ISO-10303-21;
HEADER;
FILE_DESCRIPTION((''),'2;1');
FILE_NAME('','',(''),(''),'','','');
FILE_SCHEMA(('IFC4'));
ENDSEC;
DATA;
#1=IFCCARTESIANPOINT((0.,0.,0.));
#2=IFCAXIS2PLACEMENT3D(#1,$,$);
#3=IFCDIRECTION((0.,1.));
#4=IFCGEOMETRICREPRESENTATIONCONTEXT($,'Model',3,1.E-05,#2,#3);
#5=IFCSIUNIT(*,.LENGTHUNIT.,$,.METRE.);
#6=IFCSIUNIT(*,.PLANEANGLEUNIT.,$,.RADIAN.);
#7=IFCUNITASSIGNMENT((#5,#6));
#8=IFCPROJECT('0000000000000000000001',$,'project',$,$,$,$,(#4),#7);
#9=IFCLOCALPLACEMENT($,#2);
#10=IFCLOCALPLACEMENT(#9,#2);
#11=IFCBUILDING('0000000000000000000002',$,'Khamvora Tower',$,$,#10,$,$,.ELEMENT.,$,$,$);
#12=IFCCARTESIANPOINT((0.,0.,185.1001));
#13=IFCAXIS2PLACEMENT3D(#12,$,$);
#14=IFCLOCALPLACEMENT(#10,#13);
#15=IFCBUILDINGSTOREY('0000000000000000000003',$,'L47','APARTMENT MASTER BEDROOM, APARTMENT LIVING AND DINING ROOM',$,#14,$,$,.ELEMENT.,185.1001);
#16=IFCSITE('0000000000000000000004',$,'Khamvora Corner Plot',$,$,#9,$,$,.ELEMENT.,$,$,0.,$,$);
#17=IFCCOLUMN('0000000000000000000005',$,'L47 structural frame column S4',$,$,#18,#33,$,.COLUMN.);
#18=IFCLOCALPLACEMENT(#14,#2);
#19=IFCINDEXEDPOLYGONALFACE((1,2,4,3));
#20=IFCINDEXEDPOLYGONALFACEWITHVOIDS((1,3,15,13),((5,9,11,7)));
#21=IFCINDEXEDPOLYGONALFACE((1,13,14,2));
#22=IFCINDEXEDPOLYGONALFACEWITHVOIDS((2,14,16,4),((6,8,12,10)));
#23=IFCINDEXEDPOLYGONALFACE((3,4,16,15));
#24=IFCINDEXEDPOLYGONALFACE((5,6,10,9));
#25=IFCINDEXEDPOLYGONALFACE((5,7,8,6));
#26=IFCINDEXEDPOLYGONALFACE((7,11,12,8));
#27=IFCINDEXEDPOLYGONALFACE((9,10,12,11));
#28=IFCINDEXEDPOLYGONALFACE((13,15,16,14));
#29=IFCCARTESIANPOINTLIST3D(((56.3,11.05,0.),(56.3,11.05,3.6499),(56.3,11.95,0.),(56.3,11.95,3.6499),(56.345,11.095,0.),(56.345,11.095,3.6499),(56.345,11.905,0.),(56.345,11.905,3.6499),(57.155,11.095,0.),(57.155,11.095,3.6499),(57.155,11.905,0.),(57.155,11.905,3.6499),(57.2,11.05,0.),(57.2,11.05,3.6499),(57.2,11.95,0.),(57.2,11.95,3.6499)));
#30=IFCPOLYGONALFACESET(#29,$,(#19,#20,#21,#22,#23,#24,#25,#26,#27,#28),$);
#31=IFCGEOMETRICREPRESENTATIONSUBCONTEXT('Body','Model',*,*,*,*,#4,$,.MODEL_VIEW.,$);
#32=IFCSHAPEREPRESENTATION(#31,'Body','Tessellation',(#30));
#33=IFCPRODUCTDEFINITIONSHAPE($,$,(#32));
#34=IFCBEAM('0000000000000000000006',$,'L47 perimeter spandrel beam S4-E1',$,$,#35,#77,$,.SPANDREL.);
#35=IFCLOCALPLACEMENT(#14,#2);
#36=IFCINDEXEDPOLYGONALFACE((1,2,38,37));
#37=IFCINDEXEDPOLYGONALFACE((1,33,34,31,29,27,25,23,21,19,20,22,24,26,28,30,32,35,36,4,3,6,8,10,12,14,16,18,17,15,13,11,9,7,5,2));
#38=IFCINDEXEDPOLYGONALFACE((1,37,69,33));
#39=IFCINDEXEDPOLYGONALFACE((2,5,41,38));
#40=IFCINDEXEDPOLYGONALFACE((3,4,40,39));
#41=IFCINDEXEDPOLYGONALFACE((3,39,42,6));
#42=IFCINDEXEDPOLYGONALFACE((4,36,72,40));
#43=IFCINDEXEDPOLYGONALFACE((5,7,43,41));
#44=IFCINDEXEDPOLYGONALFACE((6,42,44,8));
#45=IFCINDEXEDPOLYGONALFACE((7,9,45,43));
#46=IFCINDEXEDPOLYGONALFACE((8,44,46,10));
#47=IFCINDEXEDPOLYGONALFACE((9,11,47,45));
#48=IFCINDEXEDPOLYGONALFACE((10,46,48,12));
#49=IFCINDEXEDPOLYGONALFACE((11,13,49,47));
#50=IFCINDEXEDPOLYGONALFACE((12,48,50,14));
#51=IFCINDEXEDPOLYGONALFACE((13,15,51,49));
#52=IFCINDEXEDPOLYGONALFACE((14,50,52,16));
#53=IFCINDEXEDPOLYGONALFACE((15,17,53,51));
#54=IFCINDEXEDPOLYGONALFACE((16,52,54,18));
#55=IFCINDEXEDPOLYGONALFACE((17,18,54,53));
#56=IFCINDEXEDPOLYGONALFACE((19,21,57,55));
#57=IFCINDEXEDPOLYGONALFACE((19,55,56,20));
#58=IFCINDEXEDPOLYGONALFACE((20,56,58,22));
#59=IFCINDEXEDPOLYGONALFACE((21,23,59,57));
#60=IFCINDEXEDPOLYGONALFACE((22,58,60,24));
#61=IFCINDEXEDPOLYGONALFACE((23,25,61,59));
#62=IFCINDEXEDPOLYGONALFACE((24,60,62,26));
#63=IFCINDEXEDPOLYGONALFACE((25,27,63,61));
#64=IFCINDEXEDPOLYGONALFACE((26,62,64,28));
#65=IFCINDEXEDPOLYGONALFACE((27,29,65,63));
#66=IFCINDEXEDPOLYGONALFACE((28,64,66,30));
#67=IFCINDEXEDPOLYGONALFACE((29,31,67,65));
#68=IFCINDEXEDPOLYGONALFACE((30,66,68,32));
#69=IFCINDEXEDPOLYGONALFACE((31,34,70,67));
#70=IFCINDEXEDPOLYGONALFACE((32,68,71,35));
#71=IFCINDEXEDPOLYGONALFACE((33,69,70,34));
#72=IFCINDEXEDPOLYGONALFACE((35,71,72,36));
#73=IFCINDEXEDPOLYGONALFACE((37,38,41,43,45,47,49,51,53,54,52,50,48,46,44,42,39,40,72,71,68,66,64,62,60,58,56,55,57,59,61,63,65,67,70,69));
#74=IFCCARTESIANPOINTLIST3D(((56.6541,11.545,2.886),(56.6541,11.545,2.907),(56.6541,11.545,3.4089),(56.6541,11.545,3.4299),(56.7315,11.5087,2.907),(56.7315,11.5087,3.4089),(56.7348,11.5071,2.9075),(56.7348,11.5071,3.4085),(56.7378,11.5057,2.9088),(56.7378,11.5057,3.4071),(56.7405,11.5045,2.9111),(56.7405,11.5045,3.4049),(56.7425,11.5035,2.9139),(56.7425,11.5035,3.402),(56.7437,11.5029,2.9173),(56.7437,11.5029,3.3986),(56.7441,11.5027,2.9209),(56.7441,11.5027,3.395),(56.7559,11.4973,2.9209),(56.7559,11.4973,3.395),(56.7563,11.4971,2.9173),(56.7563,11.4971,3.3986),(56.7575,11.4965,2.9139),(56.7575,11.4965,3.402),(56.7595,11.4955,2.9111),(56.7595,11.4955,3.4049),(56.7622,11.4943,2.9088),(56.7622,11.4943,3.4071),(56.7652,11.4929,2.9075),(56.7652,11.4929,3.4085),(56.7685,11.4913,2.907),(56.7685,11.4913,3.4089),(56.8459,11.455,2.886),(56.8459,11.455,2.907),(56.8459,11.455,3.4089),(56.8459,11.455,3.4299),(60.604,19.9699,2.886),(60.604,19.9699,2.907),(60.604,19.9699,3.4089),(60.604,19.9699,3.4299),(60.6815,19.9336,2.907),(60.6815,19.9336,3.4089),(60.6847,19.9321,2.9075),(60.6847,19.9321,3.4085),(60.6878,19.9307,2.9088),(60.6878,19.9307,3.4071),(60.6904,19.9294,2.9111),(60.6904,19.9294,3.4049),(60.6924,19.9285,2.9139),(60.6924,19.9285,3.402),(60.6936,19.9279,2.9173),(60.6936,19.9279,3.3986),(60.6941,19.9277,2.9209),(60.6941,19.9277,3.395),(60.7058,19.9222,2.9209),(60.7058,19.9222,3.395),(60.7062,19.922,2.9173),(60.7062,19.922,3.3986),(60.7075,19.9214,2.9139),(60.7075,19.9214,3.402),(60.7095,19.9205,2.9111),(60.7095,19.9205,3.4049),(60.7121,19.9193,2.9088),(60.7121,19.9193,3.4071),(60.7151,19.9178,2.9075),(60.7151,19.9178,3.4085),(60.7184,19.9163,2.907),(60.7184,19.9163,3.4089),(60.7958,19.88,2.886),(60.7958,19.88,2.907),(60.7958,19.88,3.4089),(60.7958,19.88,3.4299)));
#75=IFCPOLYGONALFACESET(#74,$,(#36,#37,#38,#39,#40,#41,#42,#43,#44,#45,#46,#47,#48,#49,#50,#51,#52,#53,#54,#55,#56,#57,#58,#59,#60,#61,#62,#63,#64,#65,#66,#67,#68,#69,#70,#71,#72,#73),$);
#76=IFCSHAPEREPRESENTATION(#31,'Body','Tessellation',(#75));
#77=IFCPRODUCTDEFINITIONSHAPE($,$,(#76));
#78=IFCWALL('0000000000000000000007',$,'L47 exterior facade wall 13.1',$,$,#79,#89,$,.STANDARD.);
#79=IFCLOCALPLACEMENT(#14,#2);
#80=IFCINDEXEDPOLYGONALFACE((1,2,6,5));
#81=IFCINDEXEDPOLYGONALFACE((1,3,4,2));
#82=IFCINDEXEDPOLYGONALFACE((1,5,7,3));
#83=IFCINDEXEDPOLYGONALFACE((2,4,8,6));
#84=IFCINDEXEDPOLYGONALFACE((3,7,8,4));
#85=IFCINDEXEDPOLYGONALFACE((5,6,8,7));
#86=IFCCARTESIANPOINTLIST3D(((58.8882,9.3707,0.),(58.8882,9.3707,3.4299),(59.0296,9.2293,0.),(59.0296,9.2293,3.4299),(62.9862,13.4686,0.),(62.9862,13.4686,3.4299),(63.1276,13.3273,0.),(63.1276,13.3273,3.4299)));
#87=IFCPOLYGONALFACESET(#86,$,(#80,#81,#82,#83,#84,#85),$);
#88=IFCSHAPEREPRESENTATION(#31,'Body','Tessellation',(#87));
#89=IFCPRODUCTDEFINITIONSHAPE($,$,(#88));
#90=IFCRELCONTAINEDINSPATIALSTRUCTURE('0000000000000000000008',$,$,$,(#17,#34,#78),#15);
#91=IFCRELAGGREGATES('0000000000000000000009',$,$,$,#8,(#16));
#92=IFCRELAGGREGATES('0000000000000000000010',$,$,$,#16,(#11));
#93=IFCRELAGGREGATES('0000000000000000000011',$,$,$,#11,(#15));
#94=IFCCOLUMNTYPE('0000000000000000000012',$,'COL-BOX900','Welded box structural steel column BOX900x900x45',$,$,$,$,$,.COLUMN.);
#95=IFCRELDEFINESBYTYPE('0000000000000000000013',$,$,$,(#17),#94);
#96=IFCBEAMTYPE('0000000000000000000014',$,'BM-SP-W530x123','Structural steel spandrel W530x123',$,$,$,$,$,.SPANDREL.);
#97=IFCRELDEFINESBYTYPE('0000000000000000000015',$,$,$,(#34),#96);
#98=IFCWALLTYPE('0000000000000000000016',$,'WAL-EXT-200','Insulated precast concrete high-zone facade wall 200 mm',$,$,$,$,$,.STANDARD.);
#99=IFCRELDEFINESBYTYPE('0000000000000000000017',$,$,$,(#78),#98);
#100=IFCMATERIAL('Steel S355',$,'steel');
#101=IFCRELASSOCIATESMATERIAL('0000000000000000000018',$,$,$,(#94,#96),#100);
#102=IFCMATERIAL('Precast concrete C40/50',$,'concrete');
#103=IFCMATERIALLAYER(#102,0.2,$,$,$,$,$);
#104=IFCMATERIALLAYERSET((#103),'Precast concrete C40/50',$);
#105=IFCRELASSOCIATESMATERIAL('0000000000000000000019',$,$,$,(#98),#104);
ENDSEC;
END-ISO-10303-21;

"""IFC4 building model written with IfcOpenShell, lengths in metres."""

from ifc_helpers import new_model, si_unit, direction, frame, frame_2d, origin, origin_2d, place, context, subcontext, project, spatial, rectangle, hollow_rectangle, i_section, extrude, material, layer, layer_set, material_profile, profile_set, type_object, element, save


model = new_model("IFC4")

# Units and contexts
model_context = context("Model", 3, precision=1e-05, world=origin(), true_north=direction((0.0, 1.0)))
body_context = subcontext(model_context, "Body", "Model", "MODEL_VIEW")
ifc_project = project(units=[si_unit("LENGTHUNIT", "METRE"), si_unit("PLANEANGLEUNIT", "RADIAN")], contexts=[model_context])

# Site, building, storey
site_placement = place(None, origin())
site = spatial("IfcSite", under=ifc_project, at=site_placement, Name="Khamvora Corner Plot", CompositionType="ELEMENT", RefElevation=0.0)
building_placement = place(site_placement, origin())
building = spatial("IfcBuilding", under=site, at=building_placement, Name="Khamvora Tower", CompositionType="ELEMENT")
storey_placement = place(building_placement, frame((0.0, 0.0, 185.1001)))
storey = spatial("IfcBuildingStorey", under=building, at=storey_placement, Name="L47", Description="APARTMENT MASTER BEDROOM, APARTMENT LIVING AND DINING ROOM", CompositionType="ELEMENT", Elevation=185.1001)

# Column
ifc_material_1 = material(Name="Steel S355", Category="steel")
ifc_material_profile_1 = material_profile(ifc_material_1, hollow_rectangle(XDim=0.8999, YDim=0.8999, WallThickness=0.0449, at=origin_2d()), Name="BOX900x900x45")
ifc_profile_set_1 = profile_set([ifc_material_profile_1], Name="Steel S355")
column_type = type_object("IfcColumnType", Name="COL-BOX900", Description="Welded box structural steel column BOX900x900x45", PredefinedType="COLUMN", material=ifc_profile_set_1)
column_placement = place(storey_placement, frame((56.75, 11.5, 0.0), z_axis=(0.0, 0.0, 1.0), x_axis=(1.0, 0.0, 0.0)))
element("IfcColumn", 1, at=column_placement, inside=storey, type_object=column_type, Name="L47 structural frame column S4", PredefinedType="COLUMN", context=body_context, shape_type="SweptSolid", body=[
    extrude(hollow_rectangle(XDim=0.8999, YDim=0.8999, WallThickness=0.0449, at=origin_2d()), origin(), (0.0, 0.0, 1.0), 3.6499),
])

# Beam
ifc_material_profile_2 = material_profile(ifc_material_1, i_section(OverallWidth=0.2119, OverallDepth=0.5439, WebThickness=0.0129, FlangeThickness=0.021, FilletRadius=0.0139, at=origin_2d()), Name="W530x123")
ifc_profile_set_2 = profile_set([ifc_material_profile_2], Name="Steel S355")
beam_type = type_object("IfcBeamType", Name="BM-SP-W530x123", Description="Structural steel spandrel W530x123", PredefinedType="SPANDREL", material=ifc_profile_set_2)
beam_placement = place(storey_placement, frame((56.75, 11.5, 3.158), z_axis=(0.424496, 0.90543, 0.0), x_axis=(-0.90543, 0.424496, 0.0)))
element("IfcBeam", 2, at=beam_placement, inside=storey, type_object=beam_type, Name="L47 perimeter spandrel beam S4-E1", PredefinedType="SPANDREL", context=body_context, shape_type="SweptSolid", body=[
    extrude(i_section(OverallWidth=0.2119, OverallDepth=0.5439, WebThickness=0.0129, FlangeThickness=0.021, FilletRadius=0.0139, at=origin_2d()), origin(), (0.0, 0.0, 1.0), 9.3049),
])

# Wall
ifc_material_2 = material(Name="Precast concrete C40/50", Category="concrete")
ifc_layer_1 = layer(ifc_material_2, 0.2)
ifc_layer_set_1 = layer_set([ifc_layer_1], Name="Precast concrete C40/50")
wall_type_1 = type_object("IfcWallType", Name="WAL-EXT-200", Description="Insulated precast concrete high-zone facade wall 200 mm", PredefinedType="STANDARD", material=ifc_layer_set_1)
wall_1_placement = place(storey_placement, frame((63.0569, 13.3979, 0.0), z_axis=(0.0, 0.0, 1.0), x_axis=(-0.707107, -0.707107, 0.0)))
element("IfcWall", 3, at=wall_1_placement, inside=storey, type_object=wall_type_1, Name="L47 exterior facade wall 13.1", PredefinedType="STANDARD", context=body_context, shape_type="SweptSolid", body=[
    extrude(rectangle(XDim=5.7954, YDim=0.2, at=frame_2d((2.8977, 0.0))), origin(), (0.0, 0.0, 1.0), 3.4299),
])

save(model, "model.ifc")
